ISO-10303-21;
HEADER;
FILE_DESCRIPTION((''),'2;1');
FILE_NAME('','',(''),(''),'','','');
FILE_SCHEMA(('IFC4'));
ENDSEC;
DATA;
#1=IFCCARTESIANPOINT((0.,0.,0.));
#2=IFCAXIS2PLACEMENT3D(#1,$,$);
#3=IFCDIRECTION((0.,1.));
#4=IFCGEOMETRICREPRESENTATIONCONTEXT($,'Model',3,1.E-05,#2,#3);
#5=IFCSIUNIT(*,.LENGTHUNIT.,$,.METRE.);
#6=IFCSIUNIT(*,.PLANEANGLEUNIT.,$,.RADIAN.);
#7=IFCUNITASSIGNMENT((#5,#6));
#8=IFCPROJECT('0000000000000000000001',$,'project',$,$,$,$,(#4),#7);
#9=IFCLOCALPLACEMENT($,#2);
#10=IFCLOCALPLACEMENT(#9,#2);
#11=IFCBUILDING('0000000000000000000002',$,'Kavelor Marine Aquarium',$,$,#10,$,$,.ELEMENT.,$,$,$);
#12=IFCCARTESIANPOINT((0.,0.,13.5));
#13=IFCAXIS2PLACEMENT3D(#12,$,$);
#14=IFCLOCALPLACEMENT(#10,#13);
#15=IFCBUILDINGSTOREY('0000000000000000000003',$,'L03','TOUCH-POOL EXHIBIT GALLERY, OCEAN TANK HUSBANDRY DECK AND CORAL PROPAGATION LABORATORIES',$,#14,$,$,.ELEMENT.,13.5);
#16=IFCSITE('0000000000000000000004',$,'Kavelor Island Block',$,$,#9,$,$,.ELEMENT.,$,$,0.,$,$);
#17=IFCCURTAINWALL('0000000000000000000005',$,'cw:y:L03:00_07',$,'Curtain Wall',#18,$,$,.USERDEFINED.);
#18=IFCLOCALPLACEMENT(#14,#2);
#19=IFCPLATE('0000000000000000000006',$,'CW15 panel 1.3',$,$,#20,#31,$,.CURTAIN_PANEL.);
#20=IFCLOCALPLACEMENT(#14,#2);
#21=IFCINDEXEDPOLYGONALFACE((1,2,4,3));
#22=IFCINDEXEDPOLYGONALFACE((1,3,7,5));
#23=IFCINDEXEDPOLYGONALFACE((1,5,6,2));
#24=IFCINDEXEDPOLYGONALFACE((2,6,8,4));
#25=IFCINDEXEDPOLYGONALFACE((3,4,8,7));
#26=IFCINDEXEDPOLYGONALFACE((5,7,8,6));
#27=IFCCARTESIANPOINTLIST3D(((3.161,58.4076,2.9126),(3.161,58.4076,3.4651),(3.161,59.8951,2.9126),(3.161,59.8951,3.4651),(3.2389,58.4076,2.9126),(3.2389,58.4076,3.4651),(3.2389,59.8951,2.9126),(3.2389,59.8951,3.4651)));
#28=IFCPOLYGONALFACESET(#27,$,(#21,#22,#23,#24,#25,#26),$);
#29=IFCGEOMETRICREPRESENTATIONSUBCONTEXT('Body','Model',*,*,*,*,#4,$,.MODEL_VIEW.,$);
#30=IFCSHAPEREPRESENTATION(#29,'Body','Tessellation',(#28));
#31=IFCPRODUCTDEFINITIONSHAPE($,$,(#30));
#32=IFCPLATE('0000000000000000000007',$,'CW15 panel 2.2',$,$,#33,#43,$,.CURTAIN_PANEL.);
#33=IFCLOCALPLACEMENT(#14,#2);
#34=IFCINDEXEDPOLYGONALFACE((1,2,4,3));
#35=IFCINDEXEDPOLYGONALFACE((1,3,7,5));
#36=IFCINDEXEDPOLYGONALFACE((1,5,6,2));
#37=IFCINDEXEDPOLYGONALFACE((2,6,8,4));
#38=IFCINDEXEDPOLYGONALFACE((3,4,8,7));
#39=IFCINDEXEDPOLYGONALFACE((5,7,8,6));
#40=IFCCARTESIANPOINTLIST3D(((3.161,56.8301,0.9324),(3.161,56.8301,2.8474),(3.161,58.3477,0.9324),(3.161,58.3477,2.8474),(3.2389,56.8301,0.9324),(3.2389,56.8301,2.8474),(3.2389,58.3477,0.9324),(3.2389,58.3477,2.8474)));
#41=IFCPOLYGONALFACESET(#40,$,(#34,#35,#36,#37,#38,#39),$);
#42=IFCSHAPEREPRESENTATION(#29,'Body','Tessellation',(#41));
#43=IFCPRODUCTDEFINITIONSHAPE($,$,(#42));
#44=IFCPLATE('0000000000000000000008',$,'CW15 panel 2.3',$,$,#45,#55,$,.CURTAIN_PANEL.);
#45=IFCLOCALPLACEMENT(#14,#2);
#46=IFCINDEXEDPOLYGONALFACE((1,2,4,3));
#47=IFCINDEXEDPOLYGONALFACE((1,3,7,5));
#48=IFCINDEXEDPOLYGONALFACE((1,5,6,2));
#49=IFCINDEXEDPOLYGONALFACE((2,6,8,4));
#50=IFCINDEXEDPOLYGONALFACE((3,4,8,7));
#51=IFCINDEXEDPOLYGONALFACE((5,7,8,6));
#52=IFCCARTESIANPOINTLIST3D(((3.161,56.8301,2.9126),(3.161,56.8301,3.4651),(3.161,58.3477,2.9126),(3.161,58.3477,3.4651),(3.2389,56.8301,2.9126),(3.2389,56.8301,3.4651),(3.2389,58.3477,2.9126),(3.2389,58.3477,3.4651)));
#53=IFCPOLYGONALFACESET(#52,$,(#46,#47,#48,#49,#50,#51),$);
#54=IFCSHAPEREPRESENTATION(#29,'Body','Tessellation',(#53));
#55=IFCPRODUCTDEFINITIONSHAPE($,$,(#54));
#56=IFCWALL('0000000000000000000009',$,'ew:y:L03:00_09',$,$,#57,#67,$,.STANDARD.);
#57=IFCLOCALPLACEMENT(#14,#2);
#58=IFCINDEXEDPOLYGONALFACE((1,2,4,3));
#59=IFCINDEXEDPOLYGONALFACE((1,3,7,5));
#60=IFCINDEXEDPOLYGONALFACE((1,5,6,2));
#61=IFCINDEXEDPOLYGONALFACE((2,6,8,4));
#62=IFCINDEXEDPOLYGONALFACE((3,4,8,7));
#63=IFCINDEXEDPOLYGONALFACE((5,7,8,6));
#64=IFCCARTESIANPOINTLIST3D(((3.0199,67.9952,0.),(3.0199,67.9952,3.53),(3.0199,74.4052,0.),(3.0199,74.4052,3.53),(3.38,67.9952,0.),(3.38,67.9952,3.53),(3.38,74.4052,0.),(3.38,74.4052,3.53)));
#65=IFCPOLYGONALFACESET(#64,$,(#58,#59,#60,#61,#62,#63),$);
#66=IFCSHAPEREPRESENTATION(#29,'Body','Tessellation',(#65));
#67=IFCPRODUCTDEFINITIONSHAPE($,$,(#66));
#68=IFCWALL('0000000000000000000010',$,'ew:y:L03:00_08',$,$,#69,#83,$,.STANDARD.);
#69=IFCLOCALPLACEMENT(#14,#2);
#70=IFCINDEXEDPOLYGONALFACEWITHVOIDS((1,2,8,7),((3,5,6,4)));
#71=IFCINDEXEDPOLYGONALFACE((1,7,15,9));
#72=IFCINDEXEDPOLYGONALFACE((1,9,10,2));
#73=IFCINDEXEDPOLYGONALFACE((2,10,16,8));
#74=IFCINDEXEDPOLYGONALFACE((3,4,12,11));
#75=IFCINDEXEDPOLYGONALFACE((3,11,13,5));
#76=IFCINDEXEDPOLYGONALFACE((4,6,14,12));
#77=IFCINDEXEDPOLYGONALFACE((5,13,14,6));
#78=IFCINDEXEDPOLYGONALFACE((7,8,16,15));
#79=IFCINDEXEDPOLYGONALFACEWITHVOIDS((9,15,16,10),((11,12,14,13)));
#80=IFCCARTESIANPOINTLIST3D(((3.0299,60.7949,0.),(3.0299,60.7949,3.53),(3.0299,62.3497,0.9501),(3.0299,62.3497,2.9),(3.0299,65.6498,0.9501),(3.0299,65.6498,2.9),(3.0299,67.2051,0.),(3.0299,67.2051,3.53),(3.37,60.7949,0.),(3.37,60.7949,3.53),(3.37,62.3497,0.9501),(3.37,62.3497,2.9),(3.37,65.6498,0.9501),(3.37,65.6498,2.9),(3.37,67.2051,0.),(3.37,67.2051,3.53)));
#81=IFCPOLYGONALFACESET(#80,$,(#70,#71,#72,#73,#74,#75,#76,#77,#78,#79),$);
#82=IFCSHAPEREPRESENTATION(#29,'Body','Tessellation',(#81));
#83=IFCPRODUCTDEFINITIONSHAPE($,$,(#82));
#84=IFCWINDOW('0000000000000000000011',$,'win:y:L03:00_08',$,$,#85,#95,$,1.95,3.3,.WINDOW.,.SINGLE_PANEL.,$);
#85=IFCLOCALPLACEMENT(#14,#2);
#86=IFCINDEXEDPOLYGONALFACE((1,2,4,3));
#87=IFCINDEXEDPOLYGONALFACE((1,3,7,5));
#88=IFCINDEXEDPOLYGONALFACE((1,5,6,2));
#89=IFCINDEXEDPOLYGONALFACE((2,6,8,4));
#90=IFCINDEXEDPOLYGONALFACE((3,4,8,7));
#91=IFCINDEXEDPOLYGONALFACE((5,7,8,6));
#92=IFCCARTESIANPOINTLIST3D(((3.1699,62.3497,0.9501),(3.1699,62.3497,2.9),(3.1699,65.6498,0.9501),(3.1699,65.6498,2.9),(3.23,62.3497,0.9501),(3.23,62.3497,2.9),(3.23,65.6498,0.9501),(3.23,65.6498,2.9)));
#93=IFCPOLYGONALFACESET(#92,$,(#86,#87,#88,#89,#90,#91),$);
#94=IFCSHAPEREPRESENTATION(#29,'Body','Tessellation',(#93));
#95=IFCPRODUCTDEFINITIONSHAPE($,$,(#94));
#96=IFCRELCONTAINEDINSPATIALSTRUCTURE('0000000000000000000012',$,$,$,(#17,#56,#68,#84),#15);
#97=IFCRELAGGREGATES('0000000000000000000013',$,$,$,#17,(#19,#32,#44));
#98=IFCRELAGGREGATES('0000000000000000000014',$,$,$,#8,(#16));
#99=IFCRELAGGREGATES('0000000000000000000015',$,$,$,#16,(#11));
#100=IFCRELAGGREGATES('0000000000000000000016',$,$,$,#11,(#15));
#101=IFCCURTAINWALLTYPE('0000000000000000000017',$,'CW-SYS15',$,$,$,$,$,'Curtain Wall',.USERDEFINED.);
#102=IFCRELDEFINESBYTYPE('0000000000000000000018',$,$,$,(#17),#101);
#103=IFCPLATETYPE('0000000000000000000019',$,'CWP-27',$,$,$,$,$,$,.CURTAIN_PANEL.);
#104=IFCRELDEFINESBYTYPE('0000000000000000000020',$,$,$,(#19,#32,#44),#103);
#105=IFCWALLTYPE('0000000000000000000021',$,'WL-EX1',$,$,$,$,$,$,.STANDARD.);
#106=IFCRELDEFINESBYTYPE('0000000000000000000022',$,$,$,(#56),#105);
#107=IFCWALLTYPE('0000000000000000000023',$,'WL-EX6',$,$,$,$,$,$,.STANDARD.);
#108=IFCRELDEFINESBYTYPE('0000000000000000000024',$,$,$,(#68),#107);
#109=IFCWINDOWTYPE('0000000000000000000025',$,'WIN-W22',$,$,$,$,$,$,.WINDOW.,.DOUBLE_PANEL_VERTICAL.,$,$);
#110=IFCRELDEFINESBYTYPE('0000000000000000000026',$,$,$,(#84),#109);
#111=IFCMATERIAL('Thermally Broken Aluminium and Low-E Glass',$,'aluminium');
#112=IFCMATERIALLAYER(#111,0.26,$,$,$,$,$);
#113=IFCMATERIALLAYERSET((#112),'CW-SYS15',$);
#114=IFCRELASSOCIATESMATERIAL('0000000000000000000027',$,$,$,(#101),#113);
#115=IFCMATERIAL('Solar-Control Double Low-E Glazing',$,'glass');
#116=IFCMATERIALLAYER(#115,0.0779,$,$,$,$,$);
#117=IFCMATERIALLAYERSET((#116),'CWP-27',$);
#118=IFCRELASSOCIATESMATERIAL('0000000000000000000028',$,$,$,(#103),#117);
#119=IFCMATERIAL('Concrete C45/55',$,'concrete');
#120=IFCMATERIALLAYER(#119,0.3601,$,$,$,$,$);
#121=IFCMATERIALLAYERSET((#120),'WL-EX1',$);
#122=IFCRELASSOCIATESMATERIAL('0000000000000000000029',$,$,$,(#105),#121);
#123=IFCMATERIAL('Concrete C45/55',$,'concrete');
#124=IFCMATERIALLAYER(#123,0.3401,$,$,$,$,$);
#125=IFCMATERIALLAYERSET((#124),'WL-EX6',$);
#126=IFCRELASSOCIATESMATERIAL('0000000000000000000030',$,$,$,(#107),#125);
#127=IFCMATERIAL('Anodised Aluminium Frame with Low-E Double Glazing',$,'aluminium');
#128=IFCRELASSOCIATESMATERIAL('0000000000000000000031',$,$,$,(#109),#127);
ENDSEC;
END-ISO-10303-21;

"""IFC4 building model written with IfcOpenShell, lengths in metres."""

from ifc_helpers import new_model, si_unit, direction, frame, frame_2d, origin, origin_2d, place, context, subcontext, project, spatial, rectangle, extrude, material, layer, layer_set, type_object, element, fill, aggregate, save


model = new_model("IFC4")

# Units and contexts
model_context = context("Model", 3, precision=1e-05, world=origin(), true_north=direction((0.0, 1.0)))
body_context = subcontext(model_context, "Body", "Model", "MODEL_VIEW")
ifc_project = project(units=[si_unit("LENGTHUNIT", "METRE"), si_unit("PLANEANGLEUNIT", "RADIAN")], contexts=[model_context])

# Site, building, storey
site_placement = place(None, origin())
site = spatial("IfcSite", under=ifc_project, at=site_placement, Name="Kavelor Island Block", CompositionType="ELEMENT", RefElevation=0.0)
building_placement = place(site_placement, origin())
building = spatial("IfcBuilding", under=site, at=building_placement, Name="Kavelor Marine Aquarium", CompositionType="ELEMENT")
storey_placement = place(building_placement, frame((0.0, 0.0, 13.5)))
storey = spatial("IfcBuildingStorey", under=building, at=storey_placement, Name="L03", Description="TOUCH-POOL EXHIBIT GALLERY, OCEAN TANK HUSBANDRY DECK AND CORAL PROPAGATION LABORATORIES", CompositionType="ELEMENT", Elevation=13.5)

# Curtain wall, plates
ifc_material_1 = material(Name="Thermally Broken Aluminium and Low-E Glass", Category="aluminium")
ifc_layer_1 = layer(ifc_material_1, 0.26)
ifc_layer_set_1 = layer_set([ifc_layer_1], Name="CW-SYS15")
curtain_wall_type = type_object("IfcCurtainWallType", Name="CW-SYS15", ElementType="Curtain Wall", PredefinedType="USERDEFINED", material=ifc_layer_set_1)
curtain_wall_placement = place(storey_placement, origin())
curtain_wall = element("IfcCurtainWall", 1, at=curtain_wall_placement, inside=storey, type_object=curtain_wall_type, Name="cw:y:L03:00_07", ObjectType="Curtain Wall", PredefinedType="USERDEFINED")
ifc_material_2 = material(Name="Solar-Control Double Low-E Glazing", Category="glass")
ifc_layer_2 = layer(ifc_material_2, 0.0779)
ifc_layer_set_2 = layer_set([ifc_layer_2], Name="CWP-27")
plate_type = type_object("IfcPlateType", Name="CWP-27", PredefinedType="CURTAIN_PANEL", material=ifc_layer_set_2)
plate_1_placement = place(storey_placement, frame((3.2, 59.1514, 2.9126), z_axis=(0.0, 0.0, 1.0), x_axis=(0.0, -1.0, 0.0)))
plate_1 = element("IfcPlate", 2, at=plate_1_placement, type_object=plate_type, Name="CW15 panel 1.3", PredefinedType="CURTAIN_PANEL", context=body_context, shape_type="SweptSolid", body=[
    extrude(rectangle(XDim=1.4875, YDim=0.0779, at=origin_2d()), origin(), (0.0, 0.0, 1.0), 0.5525),
])
plate_2_placement = place(storey_placement, frame((3.2, 57.5889, 0.9324), z_axis=(0.0, 0.0, 1.0), x_axis=(0.0, -1.0, 0.0)))
plate_2 = element("IfcPlate", 3, at=plate_2_placement, type_object=plate_type, Name="CW15 panel 2.2", PredefinedType="CURTAIN_PANEL", context=body_context, shape_type="SweptSolid", body=[
    extrude(rectangle(XDim=1.5176, YDim=0.0779, at=origin_2d()), origin(), (0.0, 0.0, 1.0), 1.915),
])
plate_3_placement = place(storey_placement, frame((3.2, 57.5889, 2.9126), z_axis=(0.0, 0.0, 1.0), x_axis=(0.0, -1.0, 0.0)))
plate_3 = element("IfcPlate", 4, at=plate_3_placement, type_object=plate_type, Name="CW15 panel 2.3", PredefinedType="CURTAIN_PANEL", context=body_context, shape_type="SweptSolid", body=[
    extrude(rectangle(XDim=1.5176, YDim=0.0779, at=origin_2d()), origin(), (0.0, 0.0, 1.0), 0.5525),
])
aggregate(curtain_wall, [plate_1, plate_2, plate_3])

# Wall
ifc_material_3 = material(Name="Concrete C45/55", Category="concrete")
ifc_layer_3 = layer(ifc_material_3, 0.3601)
ifc_layer_set_3 = layer_set([ifc_layer_3], Name="WL-EX1")
wall_type_1 = type_object("IfcWallType", Name="WL-EX1", PredefinedType="STANDARD", material=ifc_layer_set_3)
wall_1_placement = place(storey_placement, frame((3.2, 67.9951, 0.0), z_axis=(0.0, 0.0, 1.0), x_axis=(0.0, 1.0, 0.0)))
element("IfcWall", 5, at=wall_1_placement, inside=storey, type_object=wall_type_1, Name="ew:y:L03:00_09", PredefinedType="STANDARD", context=body_context, shape_type="SweptSolid", body=[
    extrude(rectangle(XDim=6.4099, YDim=0.3601, at=frame_2d((3.2051, 0.0))), origin(), (0.0, 0.0, 1.0), 3.53),
])

# Wall, opening, window
ifc_material_4 = material(Name="Concrete C45/55", Category="concrete")
ifc_layer_4 = layer(ifc_material_4, 0.3401)
ifc_layer_set_4 = layer_set([ifc_layer_4], Name="WL-EX6")
wall_type_2 = type_object("IfcWallType", Name="WL-EX6", PredefinedType="STANDARD", material=ifc_layer_set_4)
wall_2_placement = place(storey_placement, frame((3.2, 60.7949, 0.0), z_axis=(0.0, 0.0, 1.0), x_axis=(0.0, 1.0, 0.0)))
wall_2 = element("IfcWall", 6, at=wall_2_placement, inside=storey, type_object=wall_type_2, Name="ew:y:L03:00_08", PredefinedType="STANDARD", context=body_context, shape_type="SweptSolid", body=[
    extrude(rectangle(XDim=6.4102, YDim=0.3401, at=frame_2d((3.2051, 0.0))), origin(), (0.0, 0.0, 1.0), 3.53),
])
opening_placement = place(wall_2_placement, frame((1.5549, 0.0, 0.95)))
opening = element("IfcOpeningElement", 7, at=opening_placement, cuts=wall_2, PredefinedType="OPENING", context=body_context, shape_type="SweptSolid", body=[
    extrude(rectangle(XDim=3.3, YDim=1.95, at=frame_2d((1.6499, 0.9751))), frame((0.0, 0.1799, 0.0), z_axis=(0.0, -1.0, 0.0), x_axis=(1.0, 0.0, 0.0)), (0.0, 0.0, 1.0), 0.3601),
])
ifc_material_5 = material(Name="Anodised Aluminium Frame with Low-E Double Glazing", Category="aluminium")
window_type = type_object("IfcWindowType", Name="WIN-W22", PartitioningType="DOUBLE_PANEL_VERTICAL", PredefinedType="WINDOW", material=ifc_material_5)
window_placement = place(opening_placement, origin())
window = element("IfcWindow", 8, at=window_placement, inside=storey, type_object=window_type, Name="win:y:L03:00_08", OverallHeight=1.95, OverallWidth=3.3, PartitioningType="SINGLE_PANEL", PredefinedType="WINDOW", context=body_context, shape_type="SweptSolid", body=[
    extrude(rectangle(XDim=3.3, YDim=1.95, at=frame_2d((1.6499, 0.9751))), frame((0.0, 0.03, 0.0), z_axis=(0.0, -1.0, 0.0), x_axis=(1.0, 0.0, 0.0)), (0.0, 0.0, 1.0), 0.0601),
])
fill(opening, window)

save(model, "model.ifc")
